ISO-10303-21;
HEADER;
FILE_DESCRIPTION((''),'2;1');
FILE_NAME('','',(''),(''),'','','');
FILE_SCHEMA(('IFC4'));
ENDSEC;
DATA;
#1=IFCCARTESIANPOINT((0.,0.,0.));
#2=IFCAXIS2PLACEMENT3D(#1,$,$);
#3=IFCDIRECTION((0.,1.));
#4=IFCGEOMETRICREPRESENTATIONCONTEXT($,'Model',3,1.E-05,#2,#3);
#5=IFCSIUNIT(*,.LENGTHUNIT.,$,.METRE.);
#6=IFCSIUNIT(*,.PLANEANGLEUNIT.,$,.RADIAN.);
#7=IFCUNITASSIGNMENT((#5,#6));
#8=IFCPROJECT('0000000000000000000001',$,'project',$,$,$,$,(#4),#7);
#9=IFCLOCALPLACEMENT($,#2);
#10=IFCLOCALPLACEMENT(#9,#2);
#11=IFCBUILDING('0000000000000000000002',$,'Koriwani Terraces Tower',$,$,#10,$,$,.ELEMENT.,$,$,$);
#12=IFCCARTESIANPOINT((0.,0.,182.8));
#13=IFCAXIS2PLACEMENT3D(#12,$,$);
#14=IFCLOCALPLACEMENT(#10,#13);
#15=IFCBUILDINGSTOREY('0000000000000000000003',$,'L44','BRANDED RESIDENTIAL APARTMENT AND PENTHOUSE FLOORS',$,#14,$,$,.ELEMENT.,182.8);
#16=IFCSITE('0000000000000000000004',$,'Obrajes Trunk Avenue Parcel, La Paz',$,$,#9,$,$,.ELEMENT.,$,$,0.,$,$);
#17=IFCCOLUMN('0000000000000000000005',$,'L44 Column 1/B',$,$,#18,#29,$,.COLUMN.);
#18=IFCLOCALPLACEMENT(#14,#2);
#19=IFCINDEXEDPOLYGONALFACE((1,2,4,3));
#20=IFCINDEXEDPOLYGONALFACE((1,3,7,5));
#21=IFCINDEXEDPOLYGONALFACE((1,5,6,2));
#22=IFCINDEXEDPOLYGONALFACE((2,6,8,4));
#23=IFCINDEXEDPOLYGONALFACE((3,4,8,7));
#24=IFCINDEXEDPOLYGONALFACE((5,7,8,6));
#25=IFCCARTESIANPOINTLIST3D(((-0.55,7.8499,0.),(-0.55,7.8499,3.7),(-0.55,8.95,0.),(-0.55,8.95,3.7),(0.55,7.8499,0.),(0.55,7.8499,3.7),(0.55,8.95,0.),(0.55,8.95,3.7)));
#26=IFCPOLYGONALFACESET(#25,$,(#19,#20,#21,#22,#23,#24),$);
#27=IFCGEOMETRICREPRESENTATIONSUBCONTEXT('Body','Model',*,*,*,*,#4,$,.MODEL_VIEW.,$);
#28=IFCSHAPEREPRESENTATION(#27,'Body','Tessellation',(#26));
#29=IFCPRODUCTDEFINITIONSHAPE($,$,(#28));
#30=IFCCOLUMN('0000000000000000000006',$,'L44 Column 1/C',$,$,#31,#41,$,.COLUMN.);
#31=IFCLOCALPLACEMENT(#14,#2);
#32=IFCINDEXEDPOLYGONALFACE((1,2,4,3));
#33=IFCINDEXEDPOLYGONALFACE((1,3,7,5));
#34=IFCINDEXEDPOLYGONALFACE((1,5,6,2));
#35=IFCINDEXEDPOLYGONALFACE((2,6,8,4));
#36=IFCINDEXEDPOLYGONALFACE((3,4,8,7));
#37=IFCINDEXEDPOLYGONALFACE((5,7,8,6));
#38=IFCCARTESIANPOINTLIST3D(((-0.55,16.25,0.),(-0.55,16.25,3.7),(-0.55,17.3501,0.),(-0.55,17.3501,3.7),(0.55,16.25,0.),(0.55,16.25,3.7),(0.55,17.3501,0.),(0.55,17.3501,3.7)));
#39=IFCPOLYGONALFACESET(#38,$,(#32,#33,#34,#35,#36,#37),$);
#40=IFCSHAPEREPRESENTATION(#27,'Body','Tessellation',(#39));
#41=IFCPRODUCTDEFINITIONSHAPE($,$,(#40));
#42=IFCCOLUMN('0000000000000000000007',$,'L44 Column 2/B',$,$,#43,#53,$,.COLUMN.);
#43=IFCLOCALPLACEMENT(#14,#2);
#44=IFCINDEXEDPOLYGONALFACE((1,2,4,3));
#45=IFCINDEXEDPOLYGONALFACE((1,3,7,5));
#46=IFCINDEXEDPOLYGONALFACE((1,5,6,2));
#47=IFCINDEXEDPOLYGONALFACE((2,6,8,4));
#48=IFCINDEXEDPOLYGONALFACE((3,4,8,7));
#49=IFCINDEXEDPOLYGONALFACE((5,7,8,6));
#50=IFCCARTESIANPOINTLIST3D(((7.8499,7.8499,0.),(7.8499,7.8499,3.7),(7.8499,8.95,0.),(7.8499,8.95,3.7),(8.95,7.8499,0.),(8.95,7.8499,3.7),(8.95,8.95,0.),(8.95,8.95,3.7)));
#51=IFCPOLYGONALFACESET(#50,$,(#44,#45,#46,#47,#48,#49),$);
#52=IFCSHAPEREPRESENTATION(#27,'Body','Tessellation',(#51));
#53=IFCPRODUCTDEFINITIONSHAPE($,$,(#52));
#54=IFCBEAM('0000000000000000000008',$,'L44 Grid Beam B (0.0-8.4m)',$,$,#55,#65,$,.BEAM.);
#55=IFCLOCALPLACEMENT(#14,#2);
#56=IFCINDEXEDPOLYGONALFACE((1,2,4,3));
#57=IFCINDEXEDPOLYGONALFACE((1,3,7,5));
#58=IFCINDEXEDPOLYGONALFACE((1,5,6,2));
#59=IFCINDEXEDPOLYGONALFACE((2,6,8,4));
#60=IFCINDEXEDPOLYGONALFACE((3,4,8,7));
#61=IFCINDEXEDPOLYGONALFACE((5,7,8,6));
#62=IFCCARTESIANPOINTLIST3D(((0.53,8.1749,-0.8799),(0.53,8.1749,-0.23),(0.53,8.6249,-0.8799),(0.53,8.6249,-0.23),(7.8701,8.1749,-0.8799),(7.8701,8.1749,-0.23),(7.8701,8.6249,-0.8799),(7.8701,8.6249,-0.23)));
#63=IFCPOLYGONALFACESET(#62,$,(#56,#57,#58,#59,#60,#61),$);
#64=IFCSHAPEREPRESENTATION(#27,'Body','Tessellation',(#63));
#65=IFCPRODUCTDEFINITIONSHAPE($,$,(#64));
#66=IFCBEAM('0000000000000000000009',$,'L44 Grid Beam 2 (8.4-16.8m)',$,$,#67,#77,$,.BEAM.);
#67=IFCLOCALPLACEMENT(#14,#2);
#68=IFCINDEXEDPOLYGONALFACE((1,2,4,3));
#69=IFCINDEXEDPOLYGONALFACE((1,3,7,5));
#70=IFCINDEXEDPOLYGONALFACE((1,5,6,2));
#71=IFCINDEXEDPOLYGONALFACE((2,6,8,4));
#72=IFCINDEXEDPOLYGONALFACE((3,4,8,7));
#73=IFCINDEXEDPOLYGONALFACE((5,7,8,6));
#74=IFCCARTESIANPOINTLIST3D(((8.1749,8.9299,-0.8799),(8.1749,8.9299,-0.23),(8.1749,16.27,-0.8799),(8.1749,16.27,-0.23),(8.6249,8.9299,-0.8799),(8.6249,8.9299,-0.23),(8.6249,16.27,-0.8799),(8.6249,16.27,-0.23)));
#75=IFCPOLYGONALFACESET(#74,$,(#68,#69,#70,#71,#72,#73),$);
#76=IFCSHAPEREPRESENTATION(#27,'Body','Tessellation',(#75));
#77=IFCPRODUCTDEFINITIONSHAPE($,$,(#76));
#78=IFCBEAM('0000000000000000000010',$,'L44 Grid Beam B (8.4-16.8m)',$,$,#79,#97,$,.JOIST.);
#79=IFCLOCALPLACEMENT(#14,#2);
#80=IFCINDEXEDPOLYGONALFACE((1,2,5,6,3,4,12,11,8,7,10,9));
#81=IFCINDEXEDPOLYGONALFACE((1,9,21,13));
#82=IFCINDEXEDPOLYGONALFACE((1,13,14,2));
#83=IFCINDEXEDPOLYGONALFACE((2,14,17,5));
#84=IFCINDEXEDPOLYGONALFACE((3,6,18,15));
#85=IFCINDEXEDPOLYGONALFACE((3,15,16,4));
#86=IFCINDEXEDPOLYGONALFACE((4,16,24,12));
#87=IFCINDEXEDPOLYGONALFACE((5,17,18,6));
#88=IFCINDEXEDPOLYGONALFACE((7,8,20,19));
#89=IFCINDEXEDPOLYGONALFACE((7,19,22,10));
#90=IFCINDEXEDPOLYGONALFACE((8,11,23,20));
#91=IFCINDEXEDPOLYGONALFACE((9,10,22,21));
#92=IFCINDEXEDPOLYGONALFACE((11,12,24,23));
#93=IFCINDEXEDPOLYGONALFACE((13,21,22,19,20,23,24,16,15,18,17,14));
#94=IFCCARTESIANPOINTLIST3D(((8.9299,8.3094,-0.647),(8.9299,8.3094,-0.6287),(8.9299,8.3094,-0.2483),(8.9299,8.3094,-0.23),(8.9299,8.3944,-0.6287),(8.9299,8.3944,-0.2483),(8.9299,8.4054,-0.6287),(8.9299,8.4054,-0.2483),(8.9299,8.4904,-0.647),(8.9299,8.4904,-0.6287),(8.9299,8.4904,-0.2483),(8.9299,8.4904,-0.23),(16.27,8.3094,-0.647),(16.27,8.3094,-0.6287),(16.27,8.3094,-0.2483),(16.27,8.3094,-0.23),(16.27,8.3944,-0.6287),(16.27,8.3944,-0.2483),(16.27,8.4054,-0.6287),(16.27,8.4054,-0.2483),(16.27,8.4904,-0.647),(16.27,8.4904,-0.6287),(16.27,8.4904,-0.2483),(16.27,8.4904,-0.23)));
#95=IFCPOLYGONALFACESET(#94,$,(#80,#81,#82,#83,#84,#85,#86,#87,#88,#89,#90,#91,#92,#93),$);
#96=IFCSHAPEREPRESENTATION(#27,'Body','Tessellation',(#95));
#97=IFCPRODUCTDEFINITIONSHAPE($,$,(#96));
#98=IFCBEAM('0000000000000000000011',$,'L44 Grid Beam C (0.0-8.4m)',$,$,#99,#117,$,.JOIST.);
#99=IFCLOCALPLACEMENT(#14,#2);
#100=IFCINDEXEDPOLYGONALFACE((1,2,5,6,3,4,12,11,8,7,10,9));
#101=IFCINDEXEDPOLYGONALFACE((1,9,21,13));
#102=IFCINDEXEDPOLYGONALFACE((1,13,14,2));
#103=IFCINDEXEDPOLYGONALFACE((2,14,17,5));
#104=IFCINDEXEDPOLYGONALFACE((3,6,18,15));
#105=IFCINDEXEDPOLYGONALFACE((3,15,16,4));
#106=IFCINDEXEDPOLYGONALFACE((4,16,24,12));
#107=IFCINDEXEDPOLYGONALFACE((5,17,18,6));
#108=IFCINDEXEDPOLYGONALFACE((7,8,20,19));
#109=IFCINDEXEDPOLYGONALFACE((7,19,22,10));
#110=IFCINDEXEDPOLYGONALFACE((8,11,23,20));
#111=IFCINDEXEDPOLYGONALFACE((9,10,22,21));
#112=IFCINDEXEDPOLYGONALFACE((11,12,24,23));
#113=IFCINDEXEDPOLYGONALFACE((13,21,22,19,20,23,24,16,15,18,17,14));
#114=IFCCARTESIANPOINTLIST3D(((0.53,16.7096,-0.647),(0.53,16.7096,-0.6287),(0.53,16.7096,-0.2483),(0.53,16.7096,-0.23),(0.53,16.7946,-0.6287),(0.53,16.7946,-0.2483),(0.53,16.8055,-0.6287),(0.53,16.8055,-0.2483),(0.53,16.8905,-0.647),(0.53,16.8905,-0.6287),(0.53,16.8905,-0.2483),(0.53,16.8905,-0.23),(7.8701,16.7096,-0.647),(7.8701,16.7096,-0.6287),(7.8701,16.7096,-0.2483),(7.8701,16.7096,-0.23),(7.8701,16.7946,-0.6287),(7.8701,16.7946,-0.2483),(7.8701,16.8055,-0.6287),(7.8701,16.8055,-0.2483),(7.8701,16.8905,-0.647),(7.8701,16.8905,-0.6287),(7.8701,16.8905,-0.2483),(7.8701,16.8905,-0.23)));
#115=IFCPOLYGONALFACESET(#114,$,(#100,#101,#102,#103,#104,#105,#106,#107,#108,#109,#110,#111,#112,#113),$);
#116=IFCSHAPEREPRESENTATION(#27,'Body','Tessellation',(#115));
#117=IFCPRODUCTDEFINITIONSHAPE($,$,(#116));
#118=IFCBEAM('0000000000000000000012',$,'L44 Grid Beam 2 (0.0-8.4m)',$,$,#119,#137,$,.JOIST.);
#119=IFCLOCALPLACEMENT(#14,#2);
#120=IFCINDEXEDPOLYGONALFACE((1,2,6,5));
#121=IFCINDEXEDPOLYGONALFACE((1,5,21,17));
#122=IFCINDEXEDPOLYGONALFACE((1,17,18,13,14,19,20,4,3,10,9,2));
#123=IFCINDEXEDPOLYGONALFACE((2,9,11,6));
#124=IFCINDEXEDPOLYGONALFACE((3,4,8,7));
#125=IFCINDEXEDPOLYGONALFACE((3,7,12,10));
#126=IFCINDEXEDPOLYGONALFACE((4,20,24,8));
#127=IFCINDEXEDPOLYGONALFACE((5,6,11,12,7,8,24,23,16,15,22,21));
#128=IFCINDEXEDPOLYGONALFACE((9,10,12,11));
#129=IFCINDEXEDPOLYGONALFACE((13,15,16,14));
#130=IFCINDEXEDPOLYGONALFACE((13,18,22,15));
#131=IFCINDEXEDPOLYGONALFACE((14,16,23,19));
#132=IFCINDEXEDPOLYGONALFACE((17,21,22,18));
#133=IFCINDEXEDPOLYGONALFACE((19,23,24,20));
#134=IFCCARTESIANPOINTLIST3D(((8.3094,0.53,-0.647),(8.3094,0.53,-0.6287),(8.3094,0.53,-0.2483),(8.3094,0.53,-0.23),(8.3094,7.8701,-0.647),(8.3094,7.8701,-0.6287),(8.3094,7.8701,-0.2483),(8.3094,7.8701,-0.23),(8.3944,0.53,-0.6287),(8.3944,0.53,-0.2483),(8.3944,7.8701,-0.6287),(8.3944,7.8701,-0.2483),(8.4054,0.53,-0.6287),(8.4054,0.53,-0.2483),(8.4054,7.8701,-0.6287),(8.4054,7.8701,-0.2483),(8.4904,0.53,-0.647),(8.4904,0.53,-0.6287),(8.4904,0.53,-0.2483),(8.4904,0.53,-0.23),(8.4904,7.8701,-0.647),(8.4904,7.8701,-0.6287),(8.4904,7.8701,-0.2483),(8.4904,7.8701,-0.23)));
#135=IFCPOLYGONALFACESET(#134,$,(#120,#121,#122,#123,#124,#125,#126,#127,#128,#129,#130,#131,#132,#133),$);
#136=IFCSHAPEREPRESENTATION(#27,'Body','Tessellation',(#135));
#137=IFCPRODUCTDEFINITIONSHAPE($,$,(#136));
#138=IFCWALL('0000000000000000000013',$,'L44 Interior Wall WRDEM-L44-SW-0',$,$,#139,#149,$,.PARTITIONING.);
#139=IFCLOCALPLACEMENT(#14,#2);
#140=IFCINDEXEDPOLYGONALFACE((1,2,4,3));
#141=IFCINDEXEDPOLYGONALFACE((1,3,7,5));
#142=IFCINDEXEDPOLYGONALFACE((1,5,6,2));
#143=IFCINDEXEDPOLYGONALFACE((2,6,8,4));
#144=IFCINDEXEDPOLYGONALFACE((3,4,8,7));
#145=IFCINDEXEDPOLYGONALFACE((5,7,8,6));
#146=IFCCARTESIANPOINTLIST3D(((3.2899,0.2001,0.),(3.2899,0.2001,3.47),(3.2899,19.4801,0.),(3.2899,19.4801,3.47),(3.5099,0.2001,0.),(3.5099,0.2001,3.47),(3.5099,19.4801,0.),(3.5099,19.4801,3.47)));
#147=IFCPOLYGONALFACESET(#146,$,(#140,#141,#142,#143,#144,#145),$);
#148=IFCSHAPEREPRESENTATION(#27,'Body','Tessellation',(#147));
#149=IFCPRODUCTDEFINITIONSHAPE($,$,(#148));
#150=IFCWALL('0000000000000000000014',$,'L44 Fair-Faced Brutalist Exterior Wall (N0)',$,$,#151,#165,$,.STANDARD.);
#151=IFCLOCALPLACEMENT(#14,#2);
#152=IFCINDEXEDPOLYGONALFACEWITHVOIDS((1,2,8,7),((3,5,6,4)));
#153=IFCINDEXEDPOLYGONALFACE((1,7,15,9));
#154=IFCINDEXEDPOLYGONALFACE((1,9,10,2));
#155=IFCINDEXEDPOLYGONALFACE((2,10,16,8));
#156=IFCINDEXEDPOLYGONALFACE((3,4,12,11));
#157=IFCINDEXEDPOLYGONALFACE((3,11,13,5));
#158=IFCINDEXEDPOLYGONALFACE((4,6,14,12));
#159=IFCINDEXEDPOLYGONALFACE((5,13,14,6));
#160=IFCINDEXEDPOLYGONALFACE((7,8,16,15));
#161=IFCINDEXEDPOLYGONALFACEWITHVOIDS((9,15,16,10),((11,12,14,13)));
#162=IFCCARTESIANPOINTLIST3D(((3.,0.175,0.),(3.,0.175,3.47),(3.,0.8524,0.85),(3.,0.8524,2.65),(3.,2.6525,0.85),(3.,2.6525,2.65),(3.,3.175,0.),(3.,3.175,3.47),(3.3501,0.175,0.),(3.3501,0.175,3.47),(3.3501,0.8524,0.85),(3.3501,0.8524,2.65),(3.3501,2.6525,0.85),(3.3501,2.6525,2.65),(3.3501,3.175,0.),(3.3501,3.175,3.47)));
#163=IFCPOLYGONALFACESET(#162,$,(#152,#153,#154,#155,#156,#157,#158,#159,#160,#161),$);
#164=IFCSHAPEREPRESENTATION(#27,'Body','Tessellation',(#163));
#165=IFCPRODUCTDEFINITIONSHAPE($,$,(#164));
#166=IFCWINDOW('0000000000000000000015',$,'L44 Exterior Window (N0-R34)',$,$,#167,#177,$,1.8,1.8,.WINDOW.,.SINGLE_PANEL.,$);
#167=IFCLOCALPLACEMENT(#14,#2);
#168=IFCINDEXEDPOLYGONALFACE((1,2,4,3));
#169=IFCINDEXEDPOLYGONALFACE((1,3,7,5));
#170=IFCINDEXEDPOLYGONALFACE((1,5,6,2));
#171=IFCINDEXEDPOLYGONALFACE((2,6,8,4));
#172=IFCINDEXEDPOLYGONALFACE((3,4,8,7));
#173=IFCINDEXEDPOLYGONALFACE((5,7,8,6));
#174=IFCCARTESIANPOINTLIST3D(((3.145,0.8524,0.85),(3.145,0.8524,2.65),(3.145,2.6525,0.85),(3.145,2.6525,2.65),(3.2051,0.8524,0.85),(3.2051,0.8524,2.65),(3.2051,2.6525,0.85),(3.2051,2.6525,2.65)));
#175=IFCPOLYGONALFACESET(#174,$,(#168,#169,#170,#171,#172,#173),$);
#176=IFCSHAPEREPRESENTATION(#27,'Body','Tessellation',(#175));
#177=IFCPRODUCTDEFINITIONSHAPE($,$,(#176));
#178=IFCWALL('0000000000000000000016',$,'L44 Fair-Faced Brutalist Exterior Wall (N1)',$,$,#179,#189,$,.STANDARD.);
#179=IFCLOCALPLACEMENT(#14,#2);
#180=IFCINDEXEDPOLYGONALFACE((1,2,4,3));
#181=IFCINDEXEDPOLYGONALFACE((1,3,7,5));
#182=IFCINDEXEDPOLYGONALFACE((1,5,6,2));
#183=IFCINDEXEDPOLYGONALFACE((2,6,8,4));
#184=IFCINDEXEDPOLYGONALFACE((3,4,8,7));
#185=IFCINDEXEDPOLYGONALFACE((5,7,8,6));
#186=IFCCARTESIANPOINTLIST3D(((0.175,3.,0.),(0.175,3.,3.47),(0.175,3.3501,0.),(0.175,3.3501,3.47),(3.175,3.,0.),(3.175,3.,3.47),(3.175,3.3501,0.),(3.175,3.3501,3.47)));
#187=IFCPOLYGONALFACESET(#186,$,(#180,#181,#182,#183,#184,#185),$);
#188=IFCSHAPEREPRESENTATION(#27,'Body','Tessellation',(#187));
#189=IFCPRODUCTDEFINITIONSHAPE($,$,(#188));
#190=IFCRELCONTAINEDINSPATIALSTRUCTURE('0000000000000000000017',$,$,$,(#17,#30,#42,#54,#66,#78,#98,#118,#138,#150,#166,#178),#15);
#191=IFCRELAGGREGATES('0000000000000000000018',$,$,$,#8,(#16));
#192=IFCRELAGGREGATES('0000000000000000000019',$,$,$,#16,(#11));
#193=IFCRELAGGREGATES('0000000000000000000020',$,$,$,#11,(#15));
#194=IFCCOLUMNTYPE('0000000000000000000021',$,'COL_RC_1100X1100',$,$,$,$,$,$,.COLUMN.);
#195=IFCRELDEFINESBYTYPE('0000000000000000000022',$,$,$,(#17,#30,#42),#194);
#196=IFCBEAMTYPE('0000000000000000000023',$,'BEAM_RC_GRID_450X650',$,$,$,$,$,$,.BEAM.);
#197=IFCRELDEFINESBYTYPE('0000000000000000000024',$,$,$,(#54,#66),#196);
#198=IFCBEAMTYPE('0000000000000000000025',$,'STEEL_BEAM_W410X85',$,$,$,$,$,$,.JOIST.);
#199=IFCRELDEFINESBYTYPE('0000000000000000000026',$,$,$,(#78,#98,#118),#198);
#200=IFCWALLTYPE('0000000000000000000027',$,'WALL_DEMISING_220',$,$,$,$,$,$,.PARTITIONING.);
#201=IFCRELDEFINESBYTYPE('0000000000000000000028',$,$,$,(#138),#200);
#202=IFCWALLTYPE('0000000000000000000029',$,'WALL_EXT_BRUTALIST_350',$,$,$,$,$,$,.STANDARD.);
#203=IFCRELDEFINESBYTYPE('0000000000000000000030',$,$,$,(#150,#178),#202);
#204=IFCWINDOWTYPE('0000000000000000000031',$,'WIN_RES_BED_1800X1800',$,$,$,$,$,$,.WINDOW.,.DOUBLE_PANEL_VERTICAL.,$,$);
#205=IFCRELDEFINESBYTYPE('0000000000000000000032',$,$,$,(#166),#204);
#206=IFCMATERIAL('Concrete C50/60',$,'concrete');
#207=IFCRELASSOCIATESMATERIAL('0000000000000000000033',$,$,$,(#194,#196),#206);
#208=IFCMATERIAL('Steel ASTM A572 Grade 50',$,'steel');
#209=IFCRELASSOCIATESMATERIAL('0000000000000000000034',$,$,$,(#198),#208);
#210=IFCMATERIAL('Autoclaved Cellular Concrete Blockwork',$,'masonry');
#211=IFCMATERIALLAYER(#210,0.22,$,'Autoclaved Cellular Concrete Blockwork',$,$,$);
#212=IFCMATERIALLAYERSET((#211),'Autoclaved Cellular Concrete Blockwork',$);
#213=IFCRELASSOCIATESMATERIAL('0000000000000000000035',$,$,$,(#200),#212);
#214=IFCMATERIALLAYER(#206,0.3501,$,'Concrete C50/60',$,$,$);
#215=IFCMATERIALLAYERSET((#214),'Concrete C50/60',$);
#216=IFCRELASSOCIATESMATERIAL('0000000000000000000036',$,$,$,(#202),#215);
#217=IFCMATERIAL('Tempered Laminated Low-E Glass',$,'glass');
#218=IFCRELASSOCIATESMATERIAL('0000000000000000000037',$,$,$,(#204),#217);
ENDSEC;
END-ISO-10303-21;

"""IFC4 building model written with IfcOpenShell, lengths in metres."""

from ifc_helpers import new_model, si_unit, direction, frame, frame_2d, origin, origin_2d, place, context, subcontext, project, spatial, rectangle, i_section, extrude, material, layer, layer_set, material_profile, profile_set, type_object, element, fill, save


model = new_model("IFC4")

# Units and contexts
model_context = context("Model", 3, precision=1e-05, world=origin(), true_north=direction((0.0, 1.0)))
body_context = subcontext(model_context, "Body", "Model", "MODEL_VIEW")
ifc_project = project(units=[si_unit("LENGTHUNIT", "METRE"), si_unit("PLANEANGLEUNIT", "RADIAN")], contexts=[model_context])

# Site, building, storey
site_placement = place(None, origin())
site = spatial("IfcSite", under=ifc_project, at=site_placement, Name="Obrajes Trunk Avenue Parcel, La Paz", CompositionType="ELEMENT", RefElevation=0.0)
building_placement = place(site_placement, origin())
building = spatial("IfcBuilding", under=site, at=building_placement, Name="Koriwani Terraces Tower", CompositionType="ELEMENT")
storey_placement = place(building_placement, frame((0.0, 0.0, 182.8)))
storey = spatial("IfcBuildingStorey", under=building, at=storey_placement, Name="L44", Description="BRANDED RESIDENTIAL APARTMENT AND PENTHOUSE FLOORS", CompositionType="ELEMENT", Elevation=182.8)

# Columns
ifc_material_1 = material(Name="Concrete C50/60", Category="concrete")
ifc_material_profile_1 = material_profile(ifc_material_1, rectangle(XDim=1.1001, YDim=1.1001, at=origin_2d()), Name="Concrete C50/60", Category="LoadBearing")
ifc_profile_set_1 = profile_set([ifc_material_profile_1], Name="Concrete C50/60")
column_type = type_object("IfcColumnType", Name="COL_RC_1100X1100", PredefinedType="COLUMN", material=ifc_profile_set_1)
for number, where, z_axis, x_axis, name in (
    (1, (0.0, 8.3999, 0.0), (0.0, 0.0, 1.0), (1.0, 0.0, 0.0), "L44 Column 1/B"),
    (2, (0.0, 16.8, 0.0), (0.0, 0.0, 1.0), (1.0, 0.0, 0.0), "L44 Column 1/C"),
    (3, (8.3999, 8.3999, 0.0), (0.0, 0.0, 1.0), (1.0, 0.0, 0.0), "L44 Column 2/B"),
):
    element("IfcColumn", number, at=place(storey_placement, frame(where, z_axis=z_axis, x_axis=x_axis)), inside=storey, type_object=column_type, Name=name, PredefinedType="COLUMN", context=body_context, shape_type="SweptSolid", body=[
        extrude(rectangle(XDim=1.1001, YDim=1.1001, at=origin_2d()), origin(), (0.0, 0.0, 1.0), 3.7),
    ])

# Beams
ifc_material_profile_2 = material_profile(ifc_material_1, rectangle(XDim=0.45, YDim=0.6499, at=origin_2d()), Name="Concrete C50/60", Category="LoadBearing")
ifc_profile_set_2 = profile_set([ifc_material_profile_2], Name="Concrete C50/60")
beam_type_1 = type_object("IfcBeamType", Name="BEAM_RC_GRID_450X650", PredefinedType="BEAM", material=ifc_profile_set_2)
for number, where, z_axis, x_axis, name in (
    (4, (0.53, 8.3999, -0.5549), (1.0, 0.0, 0.0), (0.0, 1.0, 0.0), "L44 Grid Beam B (0.0-8.4m)"),
    (5, (8.3999, 8.9299, -0.5549), (0.0, 1.0, 0.0), (-1.0, 0.0, 0.0), "L44 Grid Beam 2 (8.4-16.8m)"),
):
    element("IfcBeam", number, at=place(storey_placement, frame(where, z_axis=z_axis, x_axis=x_axis)), inside=storey, type_object=beam_type_1, Name=name, PredefinedType="BEAM", context=body_context, shape_type="SweptSolid", body=[
        extrude(rectangle(XDim=0.45, YDim=0.6499, at=origin_2d()), origin(), (0.0, 0.0, 1.0), 7.3401),
    ])
ifc_material_2 = material(Name="Steel ASTM A572 Grade 50", Category="steel")
ifc_material_profile_3 = material_profile(ifc_material_2, i_section(OverallWidth=0.1809, OverallDepth=0.417, WebThickness=0.011, FlangeThickness=0.0183, at=origin_2d()), Name="Steel ASTM A572 Grade 50", Category="LoadBearing")
ifc_profile_set_3 = profile_set([ifc_material_profile_3], Name="Steel ASTM A572 Grade 50")
beam_type_2 = type_object("IfcBeamType", Name="STEEL_BEAM_W410X85", PredefinedType="JOIST", material=ifc_profile_set_3)
for number, where, z_axis, x_axis, name in (
    (6, (8.9299, 8.3999, -0.4385), (1.0, 0.0, 0.0), (0.0, 1.0, 0.0), "L44 Grid Beam B (8.4-16.8m)"),
    (7, (0.53, 16.8, -0.4385), (1.0, 0.0, 0.0), (0.0, 1.0, 0.0), "L44 Grid Beam C (0.0-8.4m)"),
    (8, (8.3999, 0.53, -0.4385), (0.0, 1.0, 0.0), (-1.0, 0.0, 0.0), "L44 Grid Beam 2 (0.0-8.4m)"),
):
    element("IfcBeam", number, at=place(storey_placement, frame(where, z_axis=z_axis, x_axis=x_axis)), inside=storey, type_object=beam_type_2, Name=name, PredefinedType="JOIST", context=body_context, shape_type="SweptSolid", body=[
        extrude(i_section(OverallWidth=0.1809, OverallDepth=0.417, WebThickness=0.011, FlangeThickness=0.0183, at=origin_2d()), origin(), (0.0, 0.0, 1.0), 7.3401),
    ])

# Wall
ifc_material_3 = material(Name="Autoclaved Cellular Concrete Blockwork", Category="masonry")
ifc_layer_1 = layer(ifc_material_3, 0.22, Name="Autoclaved Cellular Concrete Blockwork")
ifc_layer_set_1 = layer_set([ifc_layer_1], Name="Autoclaved Cellular Concrete Blockwork")
wall_type_1 = type_object("IfcWallType", Name="WALL_DEMISING_220", PredefinedType="PARTITIONING", material=ifc_layer_set_1)
wall_1_placement = place(storey_placement, frame((3.3999, 0.2, 0.0), z_axis=(0.0, 0.0, 1.0), x_axis=(0.0, 1.0, 0.0)))
element("IfcWall", 9, at=wall_1_placement, inside=storey, type_object=wall_type_1, Name="L44 Interior Wall WRDEM-L44-SW-0", PredefinedType="PARTITIONING", context=body_context, shape_type="SweptSolid", body=[
    extrude(rectangle(XDim=19.28, YDim=0.22, at=frame_2d((9.6401, 0.0))), origin(), (0.0, 0.0, 1.0), 3.47),
])

# Wall, opening, window
ifc_layer_2 = layer(ifc_material_1, 0.3501, Name="Concrete C50/60")
ifc_layer_set_2 = layer_set([ifc_layer_2], Name="Concrete C50/60")
wall_type_2 = type_object("IfcWallType", Name="WALL_EXT_BRUTALIST_350", PredefinedType="STANDARD", material=ifc_layer_set_2)
wall_2_placement = place(storey_placement, frame((3.175, 0.175, 0.0), z_axis=(0.0, 0.0, 1.0), x_axis=(0.0, 1.0, 0.0)))
wall_2 = element("IfcWall", 10, at=wall_2_placement, inside=storey, type_object=wall_type_2, Name="L44 Fair-Faced Brutalist Exterior Wall (N0)", PredefinedType="STANDARD", context=body_context, shape_type="SweptSolid", body=[
    extrude(rectangle(XDim=3.0, YDim=0.3501, at=frame_2d((1.5, 0.0))), origin(), (0.0, 0.0, 1.0), 3.47),
])
opening_1_placement = place(wall_2_placement, frame((0.6775, 0.0, 0.8501)))
opening_1 = element("IfcOpeningElement", 11, at=opening_1_placement, cuts=wall_2, PredefinedType="OPENING", context=body_context, shape_type="SweptSolid", body=[
    extrude(rectangle(XDim=1.8, YDim=1.8, at=frame_2d((0.8999, 0.8999))), frame((0.0, 0.1851, 0.0), z_axis=(0.0, -1.0, 0.0), x_axis=(1.0, 0.0, 0.0)), (0.0, 0.0, 1.0), 0.3701),
])
ifc_material_4 = material(Name="Tempered Laminated Low-E Glass", Category="glass")
window_type = type_object("IfcWindowType", Name="WIN_RES_BED_1800X1800", PartitioningType="DOUBLE_PANEL_VERTICAL", PredefinedType="WINDOW", material=ifc_material_4)
window_1_placement = place(opening_1_placement, origin())
window_1 = element("IfcWindow", 12, at=window_1_placement, inside=storey, type_object=window_type, Name="L44 Exterior Window (N0-R34)", OverallHeight=1.8, OverallWidth=1.8, PartitioningType="SINGLE_PANEL", PredefinedType="WINDOW", context=body_context, shape_type="SweptSolid", body=[
    extrude(rectangle(XDim=1.8, YDim=1.8, at=frame_2d((0.8999, 0.8999))), frame((0.0, 0.03, 0.0), z_axis=(0.0, -1.0, 0.0), x_axis=(1.0, 0.0, 0.0)), (0.0, 0.0, 1.0), 0.0601),
])
fill(opening_1, window_1)

# Wall
wall_3_placement = place(storey_placement, frame((3.175, 3.175, 0.0), z_axis=(0.0, 0.0, 1.0), x_axis=(-1.0, 0.0, 0.0)))
element("IfcWall", 13, at=wall_3_placement, inside=storey, type_object=wall_type_2, Name="L44 Fair-Faced Brutalist Exterior Wall (N1)", PredefinedType="STANDARD", context=body_context, shape_type="SweptSolid", body=[
    extrude(rectangle(XDim=3.0, YDim=0.3501, at=frame_2d((1.5, 0.0))), origin(), (0.0, 0.0, 1.0), 3.47),
])

save(model, "model.ifc")
